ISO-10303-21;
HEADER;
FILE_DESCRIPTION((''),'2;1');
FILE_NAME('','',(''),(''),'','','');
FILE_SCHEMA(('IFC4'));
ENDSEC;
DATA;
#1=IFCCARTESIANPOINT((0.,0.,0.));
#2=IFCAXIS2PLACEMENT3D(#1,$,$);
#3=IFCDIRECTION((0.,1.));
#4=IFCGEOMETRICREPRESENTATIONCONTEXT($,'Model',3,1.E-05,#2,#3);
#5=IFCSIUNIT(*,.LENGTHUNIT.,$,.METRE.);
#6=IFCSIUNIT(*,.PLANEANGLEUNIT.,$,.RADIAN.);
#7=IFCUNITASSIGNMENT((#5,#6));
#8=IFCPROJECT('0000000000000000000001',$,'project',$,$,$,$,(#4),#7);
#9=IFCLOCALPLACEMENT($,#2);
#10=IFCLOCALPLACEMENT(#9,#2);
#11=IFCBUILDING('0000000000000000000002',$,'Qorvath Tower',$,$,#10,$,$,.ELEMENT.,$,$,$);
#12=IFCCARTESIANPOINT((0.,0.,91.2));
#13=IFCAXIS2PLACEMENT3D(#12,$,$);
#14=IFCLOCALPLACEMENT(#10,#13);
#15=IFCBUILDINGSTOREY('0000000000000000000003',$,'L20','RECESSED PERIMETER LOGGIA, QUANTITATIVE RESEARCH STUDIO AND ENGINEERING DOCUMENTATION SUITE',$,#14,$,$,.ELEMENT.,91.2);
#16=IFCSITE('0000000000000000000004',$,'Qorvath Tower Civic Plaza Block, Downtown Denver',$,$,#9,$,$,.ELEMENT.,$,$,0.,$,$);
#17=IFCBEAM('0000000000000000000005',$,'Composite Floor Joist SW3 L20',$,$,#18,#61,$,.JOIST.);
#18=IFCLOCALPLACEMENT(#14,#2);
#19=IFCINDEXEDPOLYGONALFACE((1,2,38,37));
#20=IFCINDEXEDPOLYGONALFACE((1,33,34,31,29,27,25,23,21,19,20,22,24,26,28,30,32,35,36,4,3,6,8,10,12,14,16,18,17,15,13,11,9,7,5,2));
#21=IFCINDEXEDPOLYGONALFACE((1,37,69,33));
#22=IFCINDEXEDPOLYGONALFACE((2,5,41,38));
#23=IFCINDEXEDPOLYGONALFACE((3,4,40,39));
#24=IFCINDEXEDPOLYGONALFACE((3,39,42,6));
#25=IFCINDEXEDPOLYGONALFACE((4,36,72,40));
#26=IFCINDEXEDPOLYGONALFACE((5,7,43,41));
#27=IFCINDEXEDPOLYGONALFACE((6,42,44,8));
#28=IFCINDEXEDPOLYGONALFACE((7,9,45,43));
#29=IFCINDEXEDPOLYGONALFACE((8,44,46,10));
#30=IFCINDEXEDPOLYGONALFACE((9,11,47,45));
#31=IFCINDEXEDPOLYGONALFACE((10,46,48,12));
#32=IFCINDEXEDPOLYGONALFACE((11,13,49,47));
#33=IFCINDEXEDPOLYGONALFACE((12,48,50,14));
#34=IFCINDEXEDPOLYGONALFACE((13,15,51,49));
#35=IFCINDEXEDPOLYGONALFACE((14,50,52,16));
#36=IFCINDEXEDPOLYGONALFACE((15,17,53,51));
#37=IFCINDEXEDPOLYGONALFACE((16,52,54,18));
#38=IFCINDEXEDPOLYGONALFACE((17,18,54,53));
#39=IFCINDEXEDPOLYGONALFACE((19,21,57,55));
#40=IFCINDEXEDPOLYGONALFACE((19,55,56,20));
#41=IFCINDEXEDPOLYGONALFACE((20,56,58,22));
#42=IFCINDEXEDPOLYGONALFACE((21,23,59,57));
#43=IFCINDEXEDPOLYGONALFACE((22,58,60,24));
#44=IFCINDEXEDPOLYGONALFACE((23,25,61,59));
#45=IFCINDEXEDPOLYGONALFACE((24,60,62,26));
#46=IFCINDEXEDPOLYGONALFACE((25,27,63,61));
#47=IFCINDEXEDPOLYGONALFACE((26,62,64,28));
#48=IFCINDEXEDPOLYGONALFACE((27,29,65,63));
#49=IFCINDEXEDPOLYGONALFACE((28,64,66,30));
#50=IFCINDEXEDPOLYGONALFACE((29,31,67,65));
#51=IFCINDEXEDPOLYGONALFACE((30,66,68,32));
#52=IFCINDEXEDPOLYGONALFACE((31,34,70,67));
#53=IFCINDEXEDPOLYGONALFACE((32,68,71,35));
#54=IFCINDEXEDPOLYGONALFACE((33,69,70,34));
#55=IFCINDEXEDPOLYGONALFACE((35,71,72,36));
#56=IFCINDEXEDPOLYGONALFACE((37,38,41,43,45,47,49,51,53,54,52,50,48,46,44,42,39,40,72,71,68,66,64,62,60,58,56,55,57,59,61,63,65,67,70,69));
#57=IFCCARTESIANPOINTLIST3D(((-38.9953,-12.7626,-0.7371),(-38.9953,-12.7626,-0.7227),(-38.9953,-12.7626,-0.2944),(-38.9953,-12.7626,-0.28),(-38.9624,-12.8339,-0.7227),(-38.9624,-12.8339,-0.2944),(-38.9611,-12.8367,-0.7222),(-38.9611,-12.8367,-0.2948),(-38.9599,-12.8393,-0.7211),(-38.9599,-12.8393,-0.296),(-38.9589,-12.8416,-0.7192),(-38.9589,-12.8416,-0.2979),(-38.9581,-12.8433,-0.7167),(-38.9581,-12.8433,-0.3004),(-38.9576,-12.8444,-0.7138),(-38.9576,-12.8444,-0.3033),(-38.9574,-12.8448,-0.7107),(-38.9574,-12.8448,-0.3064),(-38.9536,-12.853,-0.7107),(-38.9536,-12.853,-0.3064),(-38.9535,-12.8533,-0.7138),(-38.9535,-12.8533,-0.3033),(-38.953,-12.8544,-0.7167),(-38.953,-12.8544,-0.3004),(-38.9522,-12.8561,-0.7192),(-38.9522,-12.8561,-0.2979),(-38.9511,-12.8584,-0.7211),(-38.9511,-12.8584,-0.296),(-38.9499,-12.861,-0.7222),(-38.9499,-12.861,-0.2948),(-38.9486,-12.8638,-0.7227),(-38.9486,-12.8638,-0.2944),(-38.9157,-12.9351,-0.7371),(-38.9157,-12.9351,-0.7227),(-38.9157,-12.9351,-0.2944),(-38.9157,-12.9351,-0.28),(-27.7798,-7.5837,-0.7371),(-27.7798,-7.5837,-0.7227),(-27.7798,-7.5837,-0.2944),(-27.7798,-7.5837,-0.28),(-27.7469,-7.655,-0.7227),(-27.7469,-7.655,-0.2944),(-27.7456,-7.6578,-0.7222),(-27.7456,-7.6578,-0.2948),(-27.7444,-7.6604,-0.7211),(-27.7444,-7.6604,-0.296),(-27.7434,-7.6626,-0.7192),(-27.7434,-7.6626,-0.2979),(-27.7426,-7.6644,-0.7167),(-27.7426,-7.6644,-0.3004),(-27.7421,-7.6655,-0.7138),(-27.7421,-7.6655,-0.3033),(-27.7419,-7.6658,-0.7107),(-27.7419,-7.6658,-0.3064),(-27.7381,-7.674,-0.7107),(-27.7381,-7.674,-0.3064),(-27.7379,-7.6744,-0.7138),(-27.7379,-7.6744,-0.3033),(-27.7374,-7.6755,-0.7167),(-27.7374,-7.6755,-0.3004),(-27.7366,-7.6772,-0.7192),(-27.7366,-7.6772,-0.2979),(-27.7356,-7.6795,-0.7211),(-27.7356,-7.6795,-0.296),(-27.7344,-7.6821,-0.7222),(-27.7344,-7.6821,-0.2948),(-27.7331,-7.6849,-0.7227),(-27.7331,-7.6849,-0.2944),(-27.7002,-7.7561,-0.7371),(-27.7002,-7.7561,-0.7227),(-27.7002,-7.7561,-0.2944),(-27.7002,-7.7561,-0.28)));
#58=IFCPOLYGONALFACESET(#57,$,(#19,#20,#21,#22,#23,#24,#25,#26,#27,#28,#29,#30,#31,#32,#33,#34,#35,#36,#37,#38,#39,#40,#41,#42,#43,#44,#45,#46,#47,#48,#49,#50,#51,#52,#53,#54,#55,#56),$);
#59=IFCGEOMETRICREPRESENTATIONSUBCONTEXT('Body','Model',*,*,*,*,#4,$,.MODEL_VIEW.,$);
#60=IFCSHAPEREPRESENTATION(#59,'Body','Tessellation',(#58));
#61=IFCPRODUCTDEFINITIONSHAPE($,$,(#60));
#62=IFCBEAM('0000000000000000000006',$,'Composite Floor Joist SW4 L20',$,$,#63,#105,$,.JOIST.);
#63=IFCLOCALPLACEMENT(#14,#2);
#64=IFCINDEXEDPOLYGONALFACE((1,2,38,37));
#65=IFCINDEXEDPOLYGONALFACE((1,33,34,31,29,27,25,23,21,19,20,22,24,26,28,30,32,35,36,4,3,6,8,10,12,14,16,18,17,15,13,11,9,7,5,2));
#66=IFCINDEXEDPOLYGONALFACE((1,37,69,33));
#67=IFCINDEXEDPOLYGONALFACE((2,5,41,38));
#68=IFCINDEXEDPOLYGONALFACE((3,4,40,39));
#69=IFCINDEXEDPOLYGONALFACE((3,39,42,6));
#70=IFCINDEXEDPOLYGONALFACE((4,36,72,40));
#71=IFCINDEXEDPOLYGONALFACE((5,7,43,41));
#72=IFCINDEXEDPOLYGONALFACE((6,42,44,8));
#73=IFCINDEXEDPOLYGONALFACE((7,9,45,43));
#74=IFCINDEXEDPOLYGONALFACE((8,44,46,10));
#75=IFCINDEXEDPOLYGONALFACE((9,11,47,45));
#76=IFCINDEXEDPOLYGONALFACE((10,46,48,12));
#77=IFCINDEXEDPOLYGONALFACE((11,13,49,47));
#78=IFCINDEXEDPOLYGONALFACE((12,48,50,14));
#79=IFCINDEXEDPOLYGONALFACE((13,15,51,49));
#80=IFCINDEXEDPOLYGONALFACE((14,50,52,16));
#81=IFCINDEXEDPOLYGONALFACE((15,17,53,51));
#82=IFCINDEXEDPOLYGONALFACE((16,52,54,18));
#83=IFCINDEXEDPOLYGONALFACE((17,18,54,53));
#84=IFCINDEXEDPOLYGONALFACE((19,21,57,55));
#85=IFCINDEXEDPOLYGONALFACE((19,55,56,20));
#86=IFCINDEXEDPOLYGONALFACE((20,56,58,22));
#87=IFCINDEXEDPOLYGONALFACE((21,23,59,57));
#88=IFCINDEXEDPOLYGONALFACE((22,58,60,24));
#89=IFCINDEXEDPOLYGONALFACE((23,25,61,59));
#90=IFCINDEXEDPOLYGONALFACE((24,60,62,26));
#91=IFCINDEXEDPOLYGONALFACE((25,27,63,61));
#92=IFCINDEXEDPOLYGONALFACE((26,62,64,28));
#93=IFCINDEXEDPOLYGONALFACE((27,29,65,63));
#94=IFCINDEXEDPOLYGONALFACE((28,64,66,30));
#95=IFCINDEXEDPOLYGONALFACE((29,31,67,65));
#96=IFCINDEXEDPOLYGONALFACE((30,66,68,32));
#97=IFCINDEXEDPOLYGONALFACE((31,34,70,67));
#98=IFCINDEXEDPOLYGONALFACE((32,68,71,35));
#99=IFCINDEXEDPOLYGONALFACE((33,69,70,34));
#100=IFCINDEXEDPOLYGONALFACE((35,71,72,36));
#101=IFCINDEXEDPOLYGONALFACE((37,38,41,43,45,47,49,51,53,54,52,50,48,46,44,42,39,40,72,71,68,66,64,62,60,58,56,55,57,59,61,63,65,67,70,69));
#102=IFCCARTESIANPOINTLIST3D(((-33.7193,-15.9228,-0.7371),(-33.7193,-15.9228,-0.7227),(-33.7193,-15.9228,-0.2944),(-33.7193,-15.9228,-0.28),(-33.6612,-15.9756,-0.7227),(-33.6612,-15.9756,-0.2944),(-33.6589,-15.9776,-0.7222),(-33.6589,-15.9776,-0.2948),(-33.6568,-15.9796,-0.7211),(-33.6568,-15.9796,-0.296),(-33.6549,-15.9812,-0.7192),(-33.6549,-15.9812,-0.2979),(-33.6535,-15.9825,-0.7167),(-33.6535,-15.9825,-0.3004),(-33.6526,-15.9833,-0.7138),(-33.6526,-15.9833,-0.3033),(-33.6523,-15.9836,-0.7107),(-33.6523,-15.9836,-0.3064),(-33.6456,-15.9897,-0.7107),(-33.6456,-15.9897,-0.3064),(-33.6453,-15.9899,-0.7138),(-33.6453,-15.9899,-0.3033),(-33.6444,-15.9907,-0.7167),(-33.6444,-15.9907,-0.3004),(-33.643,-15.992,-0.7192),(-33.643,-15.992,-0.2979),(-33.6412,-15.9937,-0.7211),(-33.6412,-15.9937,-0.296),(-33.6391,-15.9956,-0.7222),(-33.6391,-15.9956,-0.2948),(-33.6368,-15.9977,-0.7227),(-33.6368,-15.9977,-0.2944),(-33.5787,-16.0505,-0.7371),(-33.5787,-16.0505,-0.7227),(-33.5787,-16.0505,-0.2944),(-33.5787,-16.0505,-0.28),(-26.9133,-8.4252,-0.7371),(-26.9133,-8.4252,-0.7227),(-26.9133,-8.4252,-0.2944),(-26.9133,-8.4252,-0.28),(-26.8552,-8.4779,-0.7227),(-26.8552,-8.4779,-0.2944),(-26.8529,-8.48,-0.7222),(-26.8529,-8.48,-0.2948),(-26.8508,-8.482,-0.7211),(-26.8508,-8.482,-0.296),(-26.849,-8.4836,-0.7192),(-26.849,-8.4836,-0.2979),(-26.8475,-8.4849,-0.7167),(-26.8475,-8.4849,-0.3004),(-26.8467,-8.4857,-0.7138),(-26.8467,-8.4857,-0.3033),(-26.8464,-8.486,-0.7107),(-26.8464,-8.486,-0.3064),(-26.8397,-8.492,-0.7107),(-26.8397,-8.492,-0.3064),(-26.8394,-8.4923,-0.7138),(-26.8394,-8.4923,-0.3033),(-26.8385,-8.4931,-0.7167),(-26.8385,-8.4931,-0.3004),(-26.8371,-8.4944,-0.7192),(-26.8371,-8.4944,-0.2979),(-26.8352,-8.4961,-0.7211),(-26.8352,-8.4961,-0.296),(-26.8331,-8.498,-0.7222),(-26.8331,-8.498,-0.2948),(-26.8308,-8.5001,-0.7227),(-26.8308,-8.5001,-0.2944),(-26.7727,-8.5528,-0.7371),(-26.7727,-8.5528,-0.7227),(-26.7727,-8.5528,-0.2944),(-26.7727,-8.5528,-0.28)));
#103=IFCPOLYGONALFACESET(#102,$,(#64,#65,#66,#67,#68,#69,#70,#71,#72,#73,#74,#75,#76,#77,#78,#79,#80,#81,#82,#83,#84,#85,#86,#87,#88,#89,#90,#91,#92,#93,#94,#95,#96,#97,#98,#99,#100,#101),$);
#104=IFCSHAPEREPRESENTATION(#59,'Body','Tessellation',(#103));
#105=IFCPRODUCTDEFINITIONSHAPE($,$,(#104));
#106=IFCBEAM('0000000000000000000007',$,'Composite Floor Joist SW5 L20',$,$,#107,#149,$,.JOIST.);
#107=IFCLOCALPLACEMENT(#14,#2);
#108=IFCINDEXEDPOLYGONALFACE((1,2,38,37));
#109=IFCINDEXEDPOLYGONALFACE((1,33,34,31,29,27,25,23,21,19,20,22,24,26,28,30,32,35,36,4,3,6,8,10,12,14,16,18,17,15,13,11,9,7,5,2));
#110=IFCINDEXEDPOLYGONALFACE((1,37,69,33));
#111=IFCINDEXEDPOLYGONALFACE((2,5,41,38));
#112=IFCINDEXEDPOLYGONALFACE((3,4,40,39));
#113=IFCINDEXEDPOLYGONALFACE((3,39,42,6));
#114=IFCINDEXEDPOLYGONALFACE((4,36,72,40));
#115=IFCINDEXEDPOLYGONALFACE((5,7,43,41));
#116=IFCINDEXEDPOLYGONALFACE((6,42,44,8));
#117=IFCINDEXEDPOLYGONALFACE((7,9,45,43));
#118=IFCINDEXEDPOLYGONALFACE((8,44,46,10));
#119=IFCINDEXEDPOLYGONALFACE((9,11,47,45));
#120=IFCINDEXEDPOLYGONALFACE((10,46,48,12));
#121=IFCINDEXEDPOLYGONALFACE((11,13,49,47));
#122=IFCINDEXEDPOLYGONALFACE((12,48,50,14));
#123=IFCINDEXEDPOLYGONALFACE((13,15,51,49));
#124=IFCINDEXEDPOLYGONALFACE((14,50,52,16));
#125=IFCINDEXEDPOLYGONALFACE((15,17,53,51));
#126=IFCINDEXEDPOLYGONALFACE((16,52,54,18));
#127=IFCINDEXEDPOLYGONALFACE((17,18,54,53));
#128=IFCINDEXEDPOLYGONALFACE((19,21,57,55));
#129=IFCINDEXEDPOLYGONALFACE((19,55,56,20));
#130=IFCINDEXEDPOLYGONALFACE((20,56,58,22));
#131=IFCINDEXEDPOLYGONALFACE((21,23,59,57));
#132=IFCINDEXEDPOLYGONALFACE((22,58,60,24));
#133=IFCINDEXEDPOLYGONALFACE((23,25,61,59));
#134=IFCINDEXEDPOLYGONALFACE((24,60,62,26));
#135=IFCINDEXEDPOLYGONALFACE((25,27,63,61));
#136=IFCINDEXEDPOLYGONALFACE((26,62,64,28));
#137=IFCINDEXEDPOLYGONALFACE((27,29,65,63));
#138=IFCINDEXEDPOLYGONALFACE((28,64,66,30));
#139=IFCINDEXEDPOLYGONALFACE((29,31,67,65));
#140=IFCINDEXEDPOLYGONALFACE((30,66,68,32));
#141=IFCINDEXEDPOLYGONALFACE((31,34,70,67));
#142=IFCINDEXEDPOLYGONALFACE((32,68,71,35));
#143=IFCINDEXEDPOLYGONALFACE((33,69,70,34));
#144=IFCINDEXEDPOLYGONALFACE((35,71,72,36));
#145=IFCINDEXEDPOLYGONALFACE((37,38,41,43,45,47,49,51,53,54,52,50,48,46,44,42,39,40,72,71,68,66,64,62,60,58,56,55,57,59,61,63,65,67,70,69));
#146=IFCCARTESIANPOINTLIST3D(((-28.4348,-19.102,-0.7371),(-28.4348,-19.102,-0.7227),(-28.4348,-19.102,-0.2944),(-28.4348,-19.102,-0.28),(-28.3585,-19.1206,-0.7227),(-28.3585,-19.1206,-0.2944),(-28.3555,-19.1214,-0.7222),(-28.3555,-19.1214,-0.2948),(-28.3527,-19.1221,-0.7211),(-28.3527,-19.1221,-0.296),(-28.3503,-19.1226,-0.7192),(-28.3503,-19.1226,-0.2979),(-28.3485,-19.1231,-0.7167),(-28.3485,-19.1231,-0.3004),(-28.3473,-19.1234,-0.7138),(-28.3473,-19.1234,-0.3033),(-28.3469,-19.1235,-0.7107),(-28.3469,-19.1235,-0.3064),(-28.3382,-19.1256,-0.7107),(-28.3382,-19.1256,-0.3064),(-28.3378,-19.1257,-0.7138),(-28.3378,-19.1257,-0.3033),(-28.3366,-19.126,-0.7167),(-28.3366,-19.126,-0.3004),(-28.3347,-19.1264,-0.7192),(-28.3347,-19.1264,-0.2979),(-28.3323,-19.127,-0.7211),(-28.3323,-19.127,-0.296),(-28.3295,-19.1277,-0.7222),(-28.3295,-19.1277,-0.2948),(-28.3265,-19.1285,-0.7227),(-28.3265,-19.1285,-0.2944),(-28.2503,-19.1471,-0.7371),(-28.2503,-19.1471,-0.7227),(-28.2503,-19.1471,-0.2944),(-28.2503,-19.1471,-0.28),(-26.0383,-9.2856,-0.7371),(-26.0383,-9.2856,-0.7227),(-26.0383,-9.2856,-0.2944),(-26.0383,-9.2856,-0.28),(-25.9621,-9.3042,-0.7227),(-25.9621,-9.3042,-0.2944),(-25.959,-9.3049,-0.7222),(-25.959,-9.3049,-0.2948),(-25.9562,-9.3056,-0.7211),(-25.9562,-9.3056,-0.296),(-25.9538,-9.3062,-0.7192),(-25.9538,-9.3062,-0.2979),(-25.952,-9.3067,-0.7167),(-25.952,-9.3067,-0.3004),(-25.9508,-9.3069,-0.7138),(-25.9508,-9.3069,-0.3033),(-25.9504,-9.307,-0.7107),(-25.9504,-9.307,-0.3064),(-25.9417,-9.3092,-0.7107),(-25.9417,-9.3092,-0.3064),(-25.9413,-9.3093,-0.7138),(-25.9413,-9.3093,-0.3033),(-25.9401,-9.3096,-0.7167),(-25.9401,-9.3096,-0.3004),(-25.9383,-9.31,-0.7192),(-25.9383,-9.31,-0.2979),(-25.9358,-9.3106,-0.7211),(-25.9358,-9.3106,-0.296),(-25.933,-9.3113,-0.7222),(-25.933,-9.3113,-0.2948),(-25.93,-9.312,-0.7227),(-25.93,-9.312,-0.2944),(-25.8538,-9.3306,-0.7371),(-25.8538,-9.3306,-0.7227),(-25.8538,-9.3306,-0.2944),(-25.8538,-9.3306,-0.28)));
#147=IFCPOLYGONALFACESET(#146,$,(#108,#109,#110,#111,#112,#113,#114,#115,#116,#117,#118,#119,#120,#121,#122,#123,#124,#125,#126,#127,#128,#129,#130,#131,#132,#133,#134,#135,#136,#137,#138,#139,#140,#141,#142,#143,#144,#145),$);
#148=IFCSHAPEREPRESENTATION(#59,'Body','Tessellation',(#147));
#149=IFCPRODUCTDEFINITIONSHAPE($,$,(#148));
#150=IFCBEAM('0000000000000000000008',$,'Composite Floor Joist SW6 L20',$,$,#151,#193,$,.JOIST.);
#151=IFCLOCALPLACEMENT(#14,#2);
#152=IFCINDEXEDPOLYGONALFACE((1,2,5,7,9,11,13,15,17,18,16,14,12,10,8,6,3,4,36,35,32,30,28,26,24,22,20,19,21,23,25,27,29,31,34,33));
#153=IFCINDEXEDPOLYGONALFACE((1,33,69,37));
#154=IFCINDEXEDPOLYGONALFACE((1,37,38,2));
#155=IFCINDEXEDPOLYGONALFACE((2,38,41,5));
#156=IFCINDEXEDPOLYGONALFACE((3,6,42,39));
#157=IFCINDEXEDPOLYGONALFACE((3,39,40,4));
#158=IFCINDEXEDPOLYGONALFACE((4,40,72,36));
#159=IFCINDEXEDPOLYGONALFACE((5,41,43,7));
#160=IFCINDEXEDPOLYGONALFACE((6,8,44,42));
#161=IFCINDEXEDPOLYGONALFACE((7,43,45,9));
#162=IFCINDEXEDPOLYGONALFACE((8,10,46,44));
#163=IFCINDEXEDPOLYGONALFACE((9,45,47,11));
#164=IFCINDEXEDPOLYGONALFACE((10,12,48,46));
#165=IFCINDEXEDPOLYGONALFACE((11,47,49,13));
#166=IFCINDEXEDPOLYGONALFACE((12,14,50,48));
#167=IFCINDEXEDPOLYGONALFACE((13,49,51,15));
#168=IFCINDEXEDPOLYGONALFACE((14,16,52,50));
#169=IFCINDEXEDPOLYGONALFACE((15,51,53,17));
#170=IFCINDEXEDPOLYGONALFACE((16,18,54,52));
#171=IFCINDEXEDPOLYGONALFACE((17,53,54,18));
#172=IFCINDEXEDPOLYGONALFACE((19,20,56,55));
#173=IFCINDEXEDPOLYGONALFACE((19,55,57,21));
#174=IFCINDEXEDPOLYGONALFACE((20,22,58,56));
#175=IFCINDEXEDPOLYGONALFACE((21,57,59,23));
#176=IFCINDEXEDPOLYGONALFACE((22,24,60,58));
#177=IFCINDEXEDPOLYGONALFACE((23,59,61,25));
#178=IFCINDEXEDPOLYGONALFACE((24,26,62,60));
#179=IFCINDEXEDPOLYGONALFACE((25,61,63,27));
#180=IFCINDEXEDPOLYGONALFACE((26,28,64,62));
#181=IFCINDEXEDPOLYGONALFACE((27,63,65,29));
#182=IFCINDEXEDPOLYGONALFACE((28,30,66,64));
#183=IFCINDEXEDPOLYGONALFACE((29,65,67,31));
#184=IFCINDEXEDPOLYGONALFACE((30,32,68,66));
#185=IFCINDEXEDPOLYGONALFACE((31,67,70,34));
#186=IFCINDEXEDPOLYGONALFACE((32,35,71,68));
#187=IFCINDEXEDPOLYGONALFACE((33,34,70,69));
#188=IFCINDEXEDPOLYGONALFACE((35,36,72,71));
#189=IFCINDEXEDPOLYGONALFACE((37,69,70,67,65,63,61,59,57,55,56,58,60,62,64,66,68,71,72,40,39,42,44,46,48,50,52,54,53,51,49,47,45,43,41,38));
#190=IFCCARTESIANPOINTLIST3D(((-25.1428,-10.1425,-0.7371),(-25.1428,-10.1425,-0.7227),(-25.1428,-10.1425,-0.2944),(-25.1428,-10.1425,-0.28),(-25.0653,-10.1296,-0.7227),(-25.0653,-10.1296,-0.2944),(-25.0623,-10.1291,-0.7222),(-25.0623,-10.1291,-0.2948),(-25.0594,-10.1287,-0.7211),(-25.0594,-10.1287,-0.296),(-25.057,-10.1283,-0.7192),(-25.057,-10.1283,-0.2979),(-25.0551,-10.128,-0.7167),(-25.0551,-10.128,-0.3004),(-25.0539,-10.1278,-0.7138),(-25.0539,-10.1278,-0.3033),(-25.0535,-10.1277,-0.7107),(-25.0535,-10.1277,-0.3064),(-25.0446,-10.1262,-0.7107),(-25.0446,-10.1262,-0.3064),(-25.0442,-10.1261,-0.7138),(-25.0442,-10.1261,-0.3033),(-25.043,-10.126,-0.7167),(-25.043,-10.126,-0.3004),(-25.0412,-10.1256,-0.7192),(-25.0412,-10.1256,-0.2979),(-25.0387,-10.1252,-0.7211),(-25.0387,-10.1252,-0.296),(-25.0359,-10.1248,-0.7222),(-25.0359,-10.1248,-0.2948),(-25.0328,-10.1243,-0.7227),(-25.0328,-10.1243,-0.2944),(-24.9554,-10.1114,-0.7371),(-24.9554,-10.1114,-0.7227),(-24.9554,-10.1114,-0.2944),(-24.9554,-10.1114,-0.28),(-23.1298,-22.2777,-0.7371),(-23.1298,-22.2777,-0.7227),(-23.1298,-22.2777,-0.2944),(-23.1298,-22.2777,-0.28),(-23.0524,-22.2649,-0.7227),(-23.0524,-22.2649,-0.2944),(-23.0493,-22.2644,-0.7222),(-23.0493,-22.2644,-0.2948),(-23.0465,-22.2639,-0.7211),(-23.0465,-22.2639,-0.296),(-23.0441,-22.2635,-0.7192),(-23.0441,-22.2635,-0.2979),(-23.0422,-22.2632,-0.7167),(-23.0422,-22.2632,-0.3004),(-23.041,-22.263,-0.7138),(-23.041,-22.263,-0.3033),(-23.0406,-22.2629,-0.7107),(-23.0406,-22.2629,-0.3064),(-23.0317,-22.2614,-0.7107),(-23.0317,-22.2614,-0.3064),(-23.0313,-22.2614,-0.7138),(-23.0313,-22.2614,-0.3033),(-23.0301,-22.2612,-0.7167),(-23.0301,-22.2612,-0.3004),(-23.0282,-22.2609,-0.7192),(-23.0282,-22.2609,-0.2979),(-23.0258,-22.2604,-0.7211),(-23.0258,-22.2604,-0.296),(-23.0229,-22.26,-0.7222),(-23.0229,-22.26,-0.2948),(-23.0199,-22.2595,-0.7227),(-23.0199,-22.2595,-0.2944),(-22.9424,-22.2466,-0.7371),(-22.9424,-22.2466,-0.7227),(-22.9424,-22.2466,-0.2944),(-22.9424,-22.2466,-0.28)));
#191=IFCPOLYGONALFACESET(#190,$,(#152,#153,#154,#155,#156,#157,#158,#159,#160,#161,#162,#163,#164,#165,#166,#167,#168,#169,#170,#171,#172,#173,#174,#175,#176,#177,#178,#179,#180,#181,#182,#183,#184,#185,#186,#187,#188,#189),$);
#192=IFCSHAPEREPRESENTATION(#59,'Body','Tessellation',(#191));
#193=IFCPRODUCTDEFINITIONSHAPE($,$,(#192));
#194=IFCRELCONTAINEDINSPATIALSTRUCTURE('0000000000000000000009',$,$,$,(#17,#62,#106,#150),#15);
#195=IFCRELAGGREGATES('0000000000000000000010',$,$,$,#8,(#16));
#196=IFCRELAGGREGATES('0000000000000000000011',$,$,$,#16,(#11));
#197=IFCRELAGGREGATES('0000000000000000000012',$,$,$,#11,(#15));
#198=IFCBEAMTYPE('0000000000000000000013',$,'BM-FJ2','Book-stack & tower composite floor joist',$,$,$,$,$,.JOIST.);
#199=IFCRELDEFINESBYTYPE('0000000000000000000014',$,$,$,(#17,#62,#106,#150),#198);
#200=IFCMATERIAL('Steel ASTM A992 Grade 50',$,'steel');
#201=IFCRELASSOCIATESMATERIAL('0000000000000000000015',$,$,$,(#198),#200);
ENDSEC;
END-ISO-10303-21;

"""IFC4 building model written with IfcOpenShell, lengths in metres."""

from ifc_helpers import new_model, si_unit, direction, frame, origin, origin_2d, place, context, subcontext, project, spatial, i_section, extrude, material, material_profile, profile_set, type_object, element, save


model = new_model("IFC4")

# Units and contexts
model_context = context("Model", 3, precision=1e-05, world=origin(), true_north=direction((0.0, 1.0)))
body_context = subcontext(model_context, "Body", "Model", "MODEL_VIEW")
ifc_project = project(units=[si_unit("LENGTHUNIT", "METRE"), si_unit("PLANEANGLEUNIT", "RADIAN")], contexts=[model_context])

# Site, building, storey
site_placement = place(None, origin())
site = spatial("IfcSite", under=ifc_project, at=site_placement, Name="Qorvath Tower Civic Plaza Block, Downtown Denver", CompositionType="ELEMENT", RefElevation=0.0)
building_placement = place(site_placement, origin())
building = spatial("IfcBuilding", under=site, at=building_placement, Name="Qorvath Tower", CompositionType="ELEMENT")
storey_placement = place(building_placement, frame((0.0, 0.0, 91.2)))
storey = spatial("IfcBuildingStorey", under=building, at=storey_placement, Name="L20", Description="RECESSED PERIMETER LOGGIA, QUANTITATIVE RESEARCH STUDIO AND ENGINEERING DOCUMENTATION SUITE", CompositionType="ELEMENT", Elevation=91.2)

# Beams
ifc_material_1 = material(Name="Steel ASTM A992 Grade 50", Category="steel")
ifc_material_profile_1 = material_profile(ifc_material_1, i_section(OverallWidth=0.1899, OverallDepth=0.457, WebThickness=0.009, FlangeThickness=0.0144, FilletRadius=0.012, at=origin_2d()), Name="W18x50")
ifc_profile_set_1 = profile_set([ifc_material_profile_1], Name="Steel ASTM A992 Grade 50")
beam_type_1 = type_object("IfcBeamType", Name="BM-FJ2", Description="Book-stack & tower composite floor joist", PredefinedType="JOIST", material=ifc_profile_set_1)
beam_1_placement = place(storey_placement, frame((-27.74, -7.6699, -0.5085), z_axis=(-0.907881, -0.419227, 0.0), x_axis=(0.419227, -0.907881, 0.0)))
element("IfcBeam", 1, at=beam_1_placement, inside=storey, type_object=beam_type_1, Name="Composite Floor Joist SW3 L20", PredefinedType="JOIST", context=body_context, shape_type="SweptSolid", body=[
    extrude(i_section(OverallWidth=0.1899, OverallDepth=0.457, WebThickness=0.009, FlangeThickness=0.0144, FilletRadius=0.012, at=origin_2d()), origin(), (0.0, 0.0, 1.0), 12.3535),
])
beam_2_placement = place(storey_placement, frame((-26.843, -8.489, -0.5085), z_axis=(-0.672129, -0.740434, 0.0), x_axis=(0.740434, -0.672129, 0.0)))
element("IfcBeam", 2, at=beam_2_placement, inside=storey, type_object=beam_type_1, Name="Composite Floor Joist SW4 L20", PredefinedType="JOIST", context=body_context, shape_type="SweptSolid", body=[
    extrude(i_section(OverallWidth=0.1899, OverallDepth=0.457, WebThickness=0.009, FlangeThickness=0.0144, FilletRadius=0.012, at=origin_2d()), origin(), (0.0, 0.0, 1.0), 10.126),
])
beam_3_placement = place(storey_placement, frame((-25.946, -9.3081, -0.5085), z_axis=(-0.237165, -0.971469, 0.0), x_axis=(0.971469, -0.237165, 0.0)))
element("IfcBeam", 3, at=beam_3_placement, inside=storey, type_object=beam_type_1, Name="Composite Floor Joist SW5 L20", PredefinedType="JOIST", context=body_context, shape_type="SweptSolid", body=[
    extrude(i_section(OverallWidth=0.1899, OverallDepth=0.457, WebThickness=0.009, FlangeThickness=0.0144, FilletRadius=0.012, at=origin_2d()), origin(), (0.0, 0.0, 1.0), 10.1047),
])
beam_4_placement = place(storey_placement, frame((-25.0491, -10.127, -0.5085), z_axis=(0.163639, -0.98652, 0.0), x_axis=(0.98652, 0.163639, 0.0)))
element("IfcBeam", 4, at=beam_4_placement, inside=storey, type_object=beam_type_1, Name="Composite Floor Joist SW6 L20", PredefinedType="JOIST", context=body_context, shape_type="SweptSolid", body=[
    extrude(i_section(OverallWidth=0.1899, OverallDepth=0.457, WebThickness=0.009, FlangeThickness=0.0144, FilletRadius=0.012, at=origin_2d()), origin(), (0.0, 0.0, 1.0), 12.301),
])

save(model, "model.ifc")
